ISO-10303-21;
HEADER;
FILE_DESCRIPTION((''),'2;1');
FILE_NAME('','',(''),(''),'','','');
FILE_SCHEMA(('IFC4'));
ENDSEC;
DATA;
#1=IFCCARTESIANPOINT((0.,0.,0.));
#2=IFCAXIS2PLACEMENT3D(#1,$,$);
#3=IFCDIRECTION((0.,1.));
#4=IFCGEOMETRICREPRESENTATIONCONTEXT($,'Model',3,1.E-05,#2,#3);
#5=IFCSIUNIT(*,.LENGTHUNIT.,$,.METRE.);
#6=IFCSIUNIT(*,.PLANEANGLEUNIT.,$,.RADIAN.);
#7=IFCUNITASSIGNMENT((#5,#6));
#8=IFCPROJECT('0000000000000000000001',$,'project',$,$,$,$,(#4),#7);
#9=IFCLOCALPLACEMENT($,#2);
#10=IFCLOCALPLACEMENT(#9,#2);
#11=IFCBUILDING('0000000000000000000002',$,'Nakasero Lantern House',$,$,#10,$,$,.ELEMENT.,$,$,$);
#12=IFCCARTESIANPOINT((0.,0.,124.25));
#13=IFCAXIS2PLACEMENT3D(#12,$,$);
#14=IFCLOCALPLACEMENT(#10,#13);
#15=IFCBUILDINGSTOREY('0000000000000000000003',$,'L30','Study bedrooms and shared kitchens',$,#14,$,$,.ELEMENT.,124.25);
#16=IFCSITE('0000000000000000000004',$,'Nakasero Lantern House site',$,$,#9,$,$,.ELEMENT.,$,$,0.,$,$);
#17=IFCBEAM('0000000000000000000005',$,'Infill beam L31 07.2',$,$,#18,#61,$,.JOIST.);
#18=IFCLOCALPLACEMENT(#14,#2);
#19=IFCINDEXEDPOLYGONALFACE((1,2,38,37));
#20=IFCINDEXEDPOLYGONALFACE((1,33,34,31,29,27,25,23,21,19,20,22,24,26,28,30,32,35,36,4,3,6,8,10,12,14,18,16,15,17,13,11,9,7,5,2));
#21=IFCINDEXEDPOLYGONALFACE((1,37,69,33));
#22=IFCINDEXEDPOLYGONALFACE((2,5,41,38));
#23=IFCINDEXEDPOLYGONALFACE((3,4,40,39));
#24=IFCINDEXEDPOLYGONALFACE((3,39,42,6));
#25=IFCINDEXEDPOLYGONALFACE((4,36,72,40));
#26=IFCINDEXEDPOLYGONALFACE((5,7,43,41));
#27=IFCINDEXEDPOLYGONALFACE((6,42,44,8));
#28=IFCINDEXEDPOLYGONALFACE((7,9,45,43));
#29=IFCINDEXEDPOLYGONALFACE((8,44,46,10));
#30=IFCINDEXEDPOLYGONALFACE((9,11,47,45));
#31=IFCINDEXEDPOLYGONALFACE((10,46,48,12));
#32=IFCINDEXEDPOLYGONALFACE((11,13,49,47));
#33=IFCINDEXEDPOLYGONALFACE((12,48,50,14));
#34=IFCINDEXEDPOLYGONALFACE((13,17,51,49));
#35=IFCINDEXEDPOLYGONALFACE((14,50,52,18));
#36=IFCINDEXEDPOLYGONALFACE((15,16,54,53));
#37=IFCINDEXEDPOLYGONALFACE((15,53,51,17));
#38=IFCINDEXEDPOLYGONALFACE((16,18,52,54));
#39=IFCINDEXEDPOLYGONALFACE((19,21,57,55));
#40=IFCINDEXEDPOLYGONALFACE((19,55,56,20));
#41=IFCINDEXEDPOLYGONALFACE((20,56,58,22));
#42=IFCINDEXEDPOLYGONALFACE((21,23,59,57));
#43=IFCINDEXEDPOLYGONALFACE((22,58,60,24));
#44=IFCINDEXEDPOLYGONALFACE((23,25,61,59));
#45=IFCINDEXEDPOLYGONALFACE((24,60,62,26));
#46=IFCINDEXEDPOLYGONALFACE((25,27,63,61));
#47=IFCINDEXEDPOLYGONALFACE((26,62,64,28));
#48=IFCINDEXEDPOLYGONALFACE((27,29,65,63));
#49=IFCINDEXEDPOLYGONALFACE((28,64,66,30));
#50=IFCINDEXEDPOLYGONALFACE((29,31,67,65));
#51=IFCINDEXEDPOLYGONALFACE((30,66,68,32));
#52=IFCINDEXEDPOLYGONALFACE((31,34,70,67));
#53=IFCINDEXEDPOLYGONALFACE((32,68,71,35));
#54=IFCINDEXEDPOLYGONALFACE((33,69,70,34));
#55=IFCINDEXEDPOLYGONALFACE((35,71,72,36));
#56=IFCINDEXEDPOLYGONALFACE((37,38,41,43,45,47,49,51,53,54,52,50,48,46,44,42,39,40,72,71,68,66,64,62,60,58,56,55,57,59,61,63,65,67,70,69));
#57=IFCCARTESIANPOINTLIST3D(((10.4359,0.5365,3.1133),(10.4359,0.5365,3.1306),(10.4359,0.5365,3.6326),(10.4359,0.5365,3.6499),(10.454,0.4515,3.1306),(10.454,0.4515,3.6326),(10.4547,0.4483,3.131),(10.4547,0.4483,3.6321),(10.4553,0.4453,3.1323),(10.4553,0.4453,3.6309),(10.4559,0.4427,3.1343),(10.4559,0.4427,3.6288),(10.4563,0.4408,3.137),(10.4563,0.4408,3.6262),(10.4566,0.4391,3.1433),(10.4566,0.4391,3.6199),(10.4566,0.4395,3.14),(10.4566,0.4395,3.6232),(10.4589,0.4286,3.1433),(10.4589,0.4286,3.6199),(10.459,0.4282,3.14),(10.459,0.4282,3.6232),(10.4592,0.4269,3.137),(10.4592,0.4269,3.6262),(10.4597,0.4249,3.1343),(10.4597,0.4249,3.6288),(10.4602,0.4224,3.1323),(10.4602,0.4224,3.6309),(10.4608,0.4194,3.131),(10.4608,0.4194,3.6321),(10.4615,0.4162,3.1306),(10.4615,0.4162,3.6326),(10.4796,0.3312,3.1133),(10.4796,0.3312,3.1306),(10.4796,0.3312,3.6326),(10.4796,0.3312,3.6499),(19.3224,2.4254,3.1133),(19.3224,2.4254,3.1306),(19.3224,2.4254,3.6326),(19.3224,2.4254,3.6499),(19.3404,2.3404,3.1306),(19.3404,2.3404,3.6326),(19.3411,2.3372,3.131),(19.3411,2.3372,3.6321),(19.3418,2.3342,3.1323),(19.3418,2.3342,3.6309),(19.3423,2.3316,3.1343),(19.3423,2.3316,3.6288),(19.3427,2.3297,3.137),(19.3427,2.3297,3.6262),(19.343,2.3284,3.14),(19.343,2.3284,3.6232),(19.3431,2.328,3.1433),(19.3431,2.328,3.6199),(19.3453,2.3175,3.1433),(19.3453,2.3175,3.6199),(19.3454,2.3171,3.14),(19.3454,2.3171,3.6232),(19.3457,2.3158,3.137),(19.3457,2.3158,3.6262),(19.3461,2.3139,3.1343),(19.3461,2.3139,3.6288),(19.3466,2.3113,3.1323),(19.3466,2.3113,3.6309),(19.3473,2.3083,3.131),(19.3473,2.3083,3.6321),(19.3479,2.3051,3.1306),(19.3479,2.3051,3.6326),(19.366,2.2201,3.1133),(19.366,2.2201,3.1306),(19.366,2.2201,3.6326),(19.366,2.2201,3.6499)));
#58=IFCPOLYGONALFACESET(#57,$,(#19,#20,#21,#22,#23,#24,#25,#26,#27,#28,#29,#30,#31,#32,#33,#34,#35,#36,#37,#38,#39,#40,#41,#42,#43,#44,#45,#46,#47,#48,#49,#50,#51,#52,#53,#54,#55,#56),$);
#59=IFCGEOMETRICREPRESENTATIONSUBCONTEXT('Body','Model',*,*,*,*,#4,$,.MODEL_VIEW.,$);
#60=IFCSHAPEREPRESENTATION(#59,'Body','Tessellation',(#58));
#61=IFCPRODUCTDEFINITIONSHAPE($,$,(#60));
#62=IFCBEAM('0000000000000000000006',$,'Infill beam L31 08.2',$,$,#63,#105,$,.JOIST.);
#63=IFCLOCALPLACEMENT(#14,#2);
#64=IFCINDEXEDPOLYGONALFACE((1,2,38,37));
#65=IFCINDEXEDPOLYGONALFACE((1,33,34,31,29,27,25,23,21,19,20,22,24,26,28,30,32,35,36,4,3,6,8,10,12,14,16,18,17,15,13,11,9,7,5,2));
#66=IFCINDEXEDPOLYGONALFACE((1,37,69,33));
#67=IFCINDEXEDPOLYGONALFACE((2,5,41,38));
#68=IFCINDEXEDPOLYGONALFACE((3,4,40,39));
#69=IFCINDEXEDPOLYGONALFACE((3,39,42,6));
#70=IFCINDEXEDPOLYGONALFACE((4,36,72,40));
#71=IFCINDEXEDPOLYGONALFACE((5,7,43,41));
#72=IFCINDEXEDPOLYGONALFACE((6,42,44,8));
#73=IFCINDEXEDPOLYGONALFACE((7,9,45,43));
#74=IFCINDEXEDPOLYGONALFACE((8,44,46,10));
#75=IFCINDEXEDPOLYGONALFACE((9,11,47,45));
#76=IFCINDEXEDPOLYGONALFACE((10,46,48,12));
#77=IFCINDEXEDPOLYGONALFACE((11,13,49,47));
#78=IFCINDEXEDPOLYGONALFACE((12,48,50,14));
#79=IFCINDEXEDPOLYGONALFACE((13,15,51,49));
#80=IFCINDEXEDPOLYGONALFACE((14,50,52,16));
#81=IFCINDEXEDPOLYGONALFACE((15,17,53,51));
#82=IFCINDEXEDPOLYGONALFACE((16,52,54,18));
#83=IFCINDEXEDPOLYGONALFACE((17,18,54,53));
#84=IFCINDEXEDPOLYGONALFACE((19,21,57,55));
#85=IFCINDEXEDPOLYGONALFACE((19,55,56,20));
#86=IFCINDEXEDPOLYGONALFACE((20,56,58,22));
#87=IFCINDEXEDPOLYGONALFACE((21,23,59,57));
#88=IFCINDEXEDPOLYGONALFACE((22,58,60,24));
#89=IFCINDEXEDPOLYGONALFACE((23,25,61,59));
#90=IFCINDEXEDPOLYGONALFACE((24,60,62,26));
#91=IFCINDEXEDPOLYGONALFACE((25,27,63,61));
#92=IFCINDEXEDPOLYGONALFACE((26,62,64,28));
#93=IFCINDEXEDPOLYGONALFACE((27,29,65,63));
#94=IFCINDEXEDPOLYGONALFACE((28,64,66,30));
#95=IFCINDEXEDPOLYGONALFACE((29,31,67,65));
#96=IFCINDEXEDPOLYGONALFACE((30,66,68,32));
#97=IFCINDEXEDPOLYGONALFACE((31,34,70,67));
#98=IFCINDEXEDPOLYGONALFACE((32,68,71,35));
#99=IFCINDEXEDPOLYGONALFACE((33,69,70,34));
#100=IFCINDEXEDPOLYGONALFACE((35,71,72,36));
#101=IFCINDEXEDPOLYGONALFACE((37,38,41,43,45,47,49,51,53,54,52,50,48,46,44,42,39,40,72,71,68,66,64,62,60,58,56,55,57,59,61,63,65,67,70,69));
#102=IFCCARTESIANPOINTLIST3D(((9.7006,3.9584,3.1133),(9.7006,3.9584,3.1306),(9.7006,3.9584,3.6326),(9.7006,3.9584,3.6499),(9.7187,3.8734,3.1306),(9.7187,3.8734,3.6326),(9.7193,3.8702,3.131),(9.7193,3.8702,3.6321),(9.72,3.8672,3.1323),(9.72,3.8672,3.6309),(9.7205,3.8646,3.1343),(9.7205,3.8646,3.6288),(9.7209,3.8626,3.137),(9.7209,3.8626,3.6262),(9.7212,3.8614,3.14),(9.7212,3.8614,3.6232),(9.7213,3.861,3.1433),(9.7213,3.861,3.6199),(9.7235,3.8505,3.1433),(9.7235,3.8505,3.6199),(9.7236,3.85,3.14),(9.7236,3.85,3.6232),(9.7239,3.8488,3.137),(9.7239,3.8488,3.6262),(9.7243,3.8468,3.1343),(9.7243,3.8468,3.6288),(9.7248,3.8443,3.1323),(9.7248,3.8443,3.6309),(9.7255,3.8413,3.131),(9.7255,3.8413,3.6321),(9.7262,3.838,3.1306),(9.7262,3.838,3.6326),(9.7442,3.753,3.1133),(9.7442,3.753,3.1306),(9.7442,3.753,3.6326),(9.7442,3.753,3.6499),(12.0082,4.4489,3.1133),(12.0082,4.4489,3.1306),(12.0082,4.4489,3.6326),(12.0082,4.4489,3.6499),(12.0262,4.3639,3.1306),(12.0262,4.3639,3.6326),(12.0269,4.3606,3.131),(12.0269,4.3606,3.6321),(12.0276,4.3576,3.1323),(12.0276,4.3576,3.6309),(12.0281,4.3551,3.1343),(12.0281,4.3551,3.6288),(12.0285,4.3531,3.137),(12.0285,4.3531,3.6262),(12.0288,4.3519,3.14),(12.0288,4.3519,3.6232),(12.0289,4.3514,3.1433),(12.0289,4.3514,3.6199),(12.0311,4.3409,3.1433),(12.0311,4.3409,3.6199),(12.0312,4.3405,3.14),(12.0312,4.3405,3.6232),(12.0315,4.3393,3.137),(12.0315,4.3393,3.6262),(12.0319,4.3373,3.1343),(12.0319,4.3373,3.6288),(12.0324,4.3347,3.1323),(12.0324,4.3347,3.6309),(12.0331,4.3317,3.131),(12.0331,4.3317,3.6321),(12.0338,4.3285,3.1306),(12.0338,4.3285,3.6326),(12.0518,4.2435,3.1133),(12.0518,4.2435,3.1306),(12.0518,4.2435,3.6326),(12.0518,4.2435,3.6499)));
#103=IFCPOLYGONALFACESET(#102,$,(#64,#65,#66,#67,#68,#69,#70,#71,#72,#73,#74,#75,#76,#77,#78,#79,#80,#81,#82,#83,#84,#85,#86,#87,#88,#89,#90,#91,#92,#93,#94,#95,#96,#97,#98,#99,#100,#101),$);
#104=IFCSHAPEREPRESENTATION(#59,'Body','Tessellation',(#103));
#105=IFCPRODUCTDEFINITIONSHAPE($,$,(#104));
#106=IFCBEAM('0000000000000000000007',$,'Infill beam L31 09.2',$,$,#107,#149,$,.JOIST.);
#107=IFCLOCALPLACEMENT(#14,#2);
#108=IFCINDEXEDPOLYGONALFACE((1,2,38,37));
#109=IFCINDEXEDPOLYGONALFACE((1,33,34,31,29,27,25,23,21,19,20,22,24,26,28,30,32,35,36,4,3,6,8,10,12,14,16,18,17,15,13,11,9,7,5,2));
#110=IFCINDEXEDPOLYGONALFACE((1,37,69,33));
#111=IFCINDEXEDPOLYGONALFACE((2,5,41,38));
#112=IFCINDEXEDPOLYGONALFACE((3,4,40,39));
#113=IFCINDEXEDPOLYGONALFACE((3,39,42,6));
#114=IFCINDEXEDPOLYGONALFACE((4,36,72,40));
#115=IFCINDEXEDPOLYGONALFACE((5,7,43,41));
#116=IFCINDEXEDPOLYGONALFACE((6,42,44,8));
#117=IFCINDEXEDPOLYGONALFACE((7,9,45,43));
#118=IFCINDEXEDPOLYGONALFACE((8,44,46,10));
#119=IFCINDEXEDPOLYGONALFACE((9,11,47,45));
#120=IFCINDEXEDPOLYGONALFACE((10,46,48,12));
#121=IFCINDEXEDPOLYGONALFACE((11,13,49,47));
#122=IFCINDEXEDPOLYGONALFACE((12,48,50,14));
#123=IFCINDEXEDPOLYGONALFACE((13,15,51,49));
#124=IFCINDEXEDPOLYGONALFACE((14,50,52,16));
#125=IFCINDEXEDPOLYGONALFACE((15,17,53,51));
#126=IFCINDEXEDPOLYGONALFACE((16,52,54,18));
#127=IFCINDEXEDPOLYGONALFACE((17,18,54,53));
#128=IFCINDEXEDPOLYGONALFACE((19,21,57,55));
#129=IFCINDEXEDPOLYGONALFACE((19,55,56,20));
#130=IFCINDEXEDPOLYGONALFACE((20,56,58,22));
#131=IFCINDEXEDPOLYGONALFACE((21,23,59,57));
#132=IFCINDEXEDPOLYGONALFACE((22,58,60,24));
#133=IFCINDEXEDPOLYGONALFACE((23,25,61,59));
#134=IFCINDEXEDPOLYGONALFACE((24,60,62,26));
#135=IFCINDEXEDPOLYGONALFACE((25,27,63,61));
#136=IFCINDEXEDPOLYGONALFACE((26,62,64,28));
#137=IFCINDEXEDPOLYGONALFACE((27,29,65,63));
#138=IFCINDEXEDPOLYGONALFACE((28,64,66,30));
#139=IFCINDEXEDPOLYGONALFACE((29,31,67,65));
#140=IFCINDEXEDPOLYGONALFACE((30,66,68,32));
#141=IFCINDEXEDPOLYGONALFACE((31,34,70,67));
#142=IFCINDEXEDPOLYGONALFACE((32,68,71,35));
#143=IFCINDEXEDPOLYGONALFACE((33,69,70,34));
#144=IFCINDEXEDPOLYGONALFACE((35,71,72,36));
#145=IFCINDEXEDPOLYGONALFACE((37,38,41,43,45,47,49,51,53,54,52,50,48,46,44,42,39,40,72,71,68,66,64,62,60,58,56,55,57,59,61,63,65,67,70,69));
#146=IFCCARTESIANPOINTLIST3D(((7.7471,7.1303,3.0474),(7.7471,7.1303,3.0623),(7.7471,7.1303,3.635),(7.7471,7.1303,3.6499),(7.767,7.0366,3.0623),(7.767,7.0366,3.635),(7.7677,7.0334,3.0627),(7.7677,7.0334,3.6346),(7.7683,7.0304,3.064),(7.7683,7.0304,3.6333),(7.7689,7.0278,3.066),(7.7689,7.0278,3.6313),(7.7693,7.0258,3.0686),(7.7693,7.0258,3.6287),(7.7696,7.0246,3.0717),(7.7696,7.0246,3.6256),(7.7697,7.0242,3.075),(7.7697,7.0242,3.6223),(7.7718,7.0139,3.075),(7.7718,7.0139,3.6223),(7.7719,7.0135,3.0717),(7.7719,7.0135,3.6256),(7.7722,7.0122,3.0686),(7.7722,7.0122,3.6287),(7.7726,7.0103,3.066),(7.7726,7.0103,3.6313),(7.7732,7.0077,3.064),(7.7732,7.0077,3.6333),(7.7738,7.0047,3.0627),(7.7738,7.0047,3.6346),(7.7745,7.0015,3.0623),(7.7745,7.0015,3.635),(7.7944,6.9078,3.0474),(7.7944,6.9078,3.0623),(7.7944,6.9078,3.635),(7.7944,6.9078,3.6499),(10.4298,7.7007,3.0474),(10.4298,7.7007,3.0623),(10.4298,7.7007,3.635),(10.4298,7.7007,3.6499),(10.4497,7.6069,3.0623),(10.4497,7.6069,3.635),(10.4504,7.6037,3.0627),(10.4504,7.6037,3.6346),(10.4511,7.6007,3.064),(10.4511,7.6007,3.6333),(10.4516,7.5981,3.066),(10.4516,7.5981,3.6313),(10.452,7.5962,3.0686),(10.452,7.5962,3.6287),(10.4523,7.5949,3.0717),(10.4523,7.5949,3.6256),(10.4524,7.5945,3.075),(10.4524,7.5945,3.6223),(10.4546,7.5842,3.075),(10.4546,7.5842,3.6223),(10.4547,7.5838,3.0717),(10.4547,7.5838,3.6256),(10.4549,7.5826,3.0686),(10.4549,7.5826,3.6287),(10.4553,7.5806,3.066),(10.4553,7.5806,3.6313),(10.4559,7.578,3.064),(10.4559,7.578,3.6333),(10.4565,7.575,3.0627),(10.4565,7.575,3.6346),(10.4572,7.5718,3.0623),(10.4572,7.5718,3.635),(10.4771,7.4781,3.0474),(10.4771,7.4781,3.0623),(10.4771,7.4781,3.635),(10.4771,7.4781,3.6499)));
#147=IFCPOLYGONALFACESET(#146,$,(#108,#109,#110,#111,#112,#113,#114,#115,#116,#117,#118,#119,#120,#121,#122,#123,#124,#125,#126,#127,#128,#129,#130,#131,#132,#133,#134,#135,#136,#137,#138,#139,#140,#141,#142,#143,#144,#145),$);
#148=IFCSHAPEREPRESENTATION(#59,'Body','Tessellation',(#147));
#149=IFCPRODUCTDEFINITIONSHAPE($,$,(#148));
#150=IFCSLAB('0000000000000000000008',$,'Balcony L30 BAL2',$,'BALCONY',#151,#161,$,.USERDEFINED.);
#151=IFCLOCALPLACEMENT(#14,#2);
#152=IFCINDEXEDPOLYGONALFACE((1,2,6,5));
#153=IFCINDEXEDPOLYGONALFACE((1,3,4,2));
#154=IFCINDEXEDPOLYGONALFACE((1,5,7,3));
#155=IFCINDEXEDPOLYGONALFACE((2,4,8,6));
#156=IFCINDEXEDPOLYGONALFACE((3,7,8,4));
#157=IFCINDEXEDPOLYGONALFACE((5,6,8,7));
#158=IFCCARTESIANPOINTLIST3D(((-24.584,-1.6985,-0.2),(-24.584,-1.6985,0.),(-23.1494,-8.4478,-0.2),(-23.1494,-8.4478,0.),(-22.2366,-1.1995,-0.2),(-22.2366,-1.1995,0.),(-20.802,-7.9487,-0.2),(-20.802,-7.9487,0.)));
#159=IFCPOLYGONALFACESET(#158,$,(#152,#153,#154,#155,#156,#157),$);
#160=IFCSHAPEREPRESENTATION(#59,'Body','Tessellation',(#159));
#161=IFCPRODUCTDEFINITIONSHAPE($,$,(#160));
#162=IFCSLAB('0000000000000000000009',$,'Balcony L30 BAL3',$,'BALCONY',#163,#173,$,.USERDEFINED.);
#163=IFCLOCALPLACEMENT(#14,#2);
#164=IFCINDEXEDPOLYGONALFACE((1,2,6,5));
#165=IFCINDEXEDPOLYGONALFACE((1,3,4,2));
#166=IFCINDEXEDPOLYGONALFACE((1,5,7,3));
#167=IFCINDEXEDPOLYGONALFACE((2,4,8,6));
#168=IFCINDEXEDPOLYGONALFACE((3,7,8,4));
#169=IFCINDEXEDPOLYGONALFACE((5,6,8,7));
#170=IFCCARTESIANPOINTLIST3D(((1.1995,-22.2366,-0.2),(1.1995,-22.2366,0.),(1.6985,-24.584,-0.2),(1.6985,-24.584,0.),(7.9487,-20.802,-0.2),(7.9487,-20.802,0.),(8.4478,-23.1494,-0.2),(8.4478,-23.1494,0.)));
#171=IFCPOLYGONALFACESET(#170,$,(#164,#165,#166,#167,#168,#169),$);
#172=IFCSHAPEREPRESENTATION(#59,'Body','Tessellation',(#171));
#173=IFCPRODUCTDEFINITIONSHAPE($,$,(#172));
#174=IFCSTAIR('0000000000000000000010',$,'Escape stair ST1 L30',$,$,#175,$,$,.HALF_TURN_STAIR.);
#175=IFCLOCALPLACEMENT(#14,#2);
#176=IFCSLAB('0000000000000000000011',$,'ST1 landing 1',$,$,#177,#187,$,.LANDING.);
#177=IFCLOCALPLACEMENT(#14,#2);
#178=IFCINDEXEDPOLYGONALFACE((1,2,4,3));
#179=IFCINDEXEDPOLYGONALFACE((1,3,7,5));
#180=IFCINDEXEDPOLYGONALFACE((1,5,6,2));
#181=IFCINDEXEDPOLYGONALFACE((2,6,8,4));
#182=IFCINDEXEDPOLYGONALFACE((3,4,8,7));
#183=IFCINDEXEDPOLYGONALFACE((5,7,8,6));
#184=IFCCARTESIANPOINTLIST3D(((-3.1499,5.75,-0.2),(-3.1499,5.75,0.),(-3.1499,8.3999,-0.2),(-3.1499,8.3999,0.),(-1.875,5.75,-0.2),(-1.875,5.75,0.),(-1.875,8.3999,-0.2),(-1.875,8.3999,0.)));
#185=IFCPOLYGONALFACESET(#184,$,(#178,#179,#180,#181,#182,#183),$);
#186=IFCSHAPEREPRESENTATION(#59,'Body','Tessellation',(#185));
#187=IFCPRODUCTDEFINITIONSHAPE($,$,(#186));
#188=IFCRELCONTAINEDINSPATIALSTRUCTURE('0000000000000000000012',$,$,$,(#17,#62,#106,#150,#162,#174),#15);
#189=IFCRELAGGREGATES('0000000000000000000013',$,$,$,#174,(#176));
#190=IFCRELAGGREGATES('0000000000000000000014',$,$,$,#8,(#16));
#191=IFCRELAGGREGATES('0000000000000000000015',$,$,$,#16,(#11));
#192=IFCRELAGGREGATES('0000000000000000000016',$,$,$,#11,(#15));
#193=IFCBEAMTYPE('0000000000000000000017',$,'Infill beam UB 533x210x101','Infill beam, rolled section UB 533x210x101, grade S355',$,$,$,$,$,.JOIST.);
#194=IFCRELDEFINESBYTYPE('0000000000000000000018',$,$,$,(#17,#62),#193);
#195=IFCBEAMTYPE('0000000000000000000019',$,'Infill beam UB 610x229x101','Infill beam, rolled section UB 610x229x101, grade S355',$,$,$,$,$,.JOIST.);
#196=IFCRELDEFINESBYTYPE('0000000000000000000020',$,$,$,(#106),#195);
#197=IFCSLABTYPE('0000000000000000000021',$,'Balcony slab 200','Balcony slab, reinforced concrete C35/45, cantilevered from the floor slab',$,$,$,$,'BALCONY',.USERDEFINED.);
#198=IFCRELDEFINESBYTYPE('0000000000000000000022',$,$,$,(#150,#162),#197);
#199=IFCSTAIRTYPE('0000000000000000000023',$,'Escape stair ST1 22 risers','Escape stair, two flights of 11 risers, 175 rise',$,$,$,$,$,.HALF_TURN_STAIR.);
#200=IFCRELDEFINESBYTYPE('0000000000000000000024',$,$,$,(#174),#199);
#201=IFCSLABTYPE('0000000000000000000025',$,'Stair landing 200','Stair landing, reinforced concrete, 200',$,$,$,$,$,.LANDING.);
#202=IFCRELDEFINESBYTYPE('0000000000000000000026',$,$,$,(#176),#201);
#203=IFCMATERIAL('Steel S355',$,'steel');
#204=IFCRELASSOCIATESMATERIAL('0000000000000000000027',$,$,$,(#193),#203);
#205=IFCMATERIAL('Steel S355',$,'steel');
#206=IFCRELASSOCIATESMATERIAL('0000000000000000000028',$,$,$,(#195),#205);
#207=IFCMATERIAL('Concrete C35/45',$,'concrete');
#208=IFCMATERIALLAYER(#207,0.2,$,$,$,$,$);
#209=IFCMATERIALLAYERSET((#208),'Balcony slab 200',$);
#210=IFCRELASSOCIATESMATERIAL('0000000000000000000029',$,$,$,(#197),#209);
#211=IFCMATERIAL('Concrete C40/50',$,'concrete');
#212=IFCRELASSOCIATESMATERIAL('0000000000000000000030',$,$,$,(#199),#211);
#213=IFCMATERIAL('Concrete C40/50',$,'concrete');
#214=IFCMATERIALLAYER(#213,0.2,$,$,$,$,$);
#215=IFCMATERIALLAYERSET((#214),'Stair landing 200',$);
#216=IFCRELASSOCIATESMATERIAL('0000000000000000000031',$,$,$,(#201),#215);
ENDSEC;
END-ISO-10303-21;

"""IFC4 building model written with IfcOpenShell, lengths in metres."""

from ifc_helpers import new_model, si_unit, direction, frame, origin, origin_2d, place, context, subcontext, project, spatial, polyline, i_section, outline, extrude, material, layer, layer_set, material_profile, profile_set, type_object, element, aggregate, save


model = new_model("IFC4")

# Units and contexts
model_context = context("Model", 3, precision=1e-05, world=origin(), true_north=direction((0.0, 1.0)))
body_context = subcontext(model_context, "Body", "Model", "MODEL_VIEW")
ifc_project = project(units=[si_unit("LENGTHUNIT", "METRE"), si_unit("PLANEANGLEUNIT", "RADIAN")], contexts=[model_context])

# Site, building, storey
site_placement = place(None, origin())
site = spatial("IfcSite", under=ifc_project, at=site_placement, Name="Nakasero Lantern House site", CompositionType="ELEMENT", RefElevation=0.0)
building_placement = place(site_placement, origin())
building = spatial("IfcBuilding", under=site, at=building_placement, Name="Nakasero Lantern House", CompositionType="ELEMENT")
storey_placement = place(building_placement, frame((0.0, 0.0, 124.25)))
storey = spatial("IfcBuildingStorey", under=building, at=storey_placement, Name="L30", Description="Study bedrooms and shared kitchens", CompositionType="ELEMENT", Elevation=124.25)

# Beams
ifc_material_1 = material(Name="Steel S355", Category="steel")
ifc_material_profile_1 = material_profile(ifc_material_1, i_section(OverallWidth=0.21, OverallDepth=0.5366, WebThickness=0.0107, FlangeThickness=0.0173, FilletRadius=0.0127, at=origin_2d()), Name="UB 533x210x101")
ifc_profile_set_1 = profile_set([ifc_material_profile_1], Name="Steel S355")
beam_type_1 = type_object("IfcBeamType", Name="Infill beam UB 533x210x101", Description="Infill beam, rolled section UB 533x210x101, grade S355", PredefinedType="JOIST", material=ifc_profile_set_1)
beam_1_placement = place(storey_placement, frame((10.4578, 0.4338, 3.3816), z_axis=(0.978147, 0.207916, 0.0), x_axis=(-0.207916, 0.978147, 0.0)))
element("IfcBeam", 1, at=beam_1_placement, inside=storey, type_object=beam_type_1, Name="Infill beam L31 07.2", PredefinedType="JOIST", context=body_context, shape_type="SweptSolid", body=[
    extrude(i_section(OverallWidth=0.21, OverallDepth=0.5366, WebThickness=0.0107, FlangeThickness=0.0173, FilletRadius=0.0127, at=origin_2d()), origin(), (0.0, 0.0, 1.0), 9.085),
])
beam_2_placement = place(storey_placement, frame((9.7224, 3.8557, 3.3816), z_axis=(0.978149, 0.207903, 0.0), x_axis=(-0.207903, 0.978149, 0.0)))
element("IfcBeam", 2, at=beam_2_placement, inside=storey, type_object=beam_type_1, Name="Infill beam L31 08.2", PredefinedType="JOIST", context=body_context, shape_type="SweptSolid", body=[
    extrude(i_section(OverallWidth=0.21, OverallDepth=0.5366, WebThickness=0.0107, FlangeThickness=0.0173, FilletRadius=0.0127, at=origin_2d()), origin(), (0.0, 0.0, 1.0), 2.3591),
])
ifc_material_2 = material(Name="Steel S355", Category="steel")
ifc_material_profile_2 = material_profile(ifc_material_2, i_section(OverallWidth=0.2275, OverallDepth=0.6025, WebThickness=0.0105, FlangeThickness=0.0149, FilletRadius=0.0127, at=origin_2d()), Name="UB 610x229x101")
ifc_profile_set_2 = profile_set([ifc_material_profile_2], Name="Steel S355")
beam_type_2 = type_object("IfcBeamType", Name="Infill beam UB 610x229x101", Description="Infill beam, rolled section UB 610x229x101, grade S355", PredefinedType="JOIST", material=ifc_profile_set_2)
beam_3_placement = place(storey_placement, frame((7.7708, 7.019, 3.3486), z_axis=(0.97814, 0.207948, 0.0), x_axis=(-0.207948, 0.97814, 0.0)))
element("IfcBeam", 3, at=beam_3_placement, inside=storey, type_object=beam_type_2, Name="Infill beam L31 09.2", PredefinedType="JOIST", context=body_context, shape_type="SweptSolid", body=[
    extrude(i_section(OverallWidth=0.2275, OverallDepth=0.6025, WebThickness=0.0105, FlangeThickness=0.0149, FilletRadius=0.0127, at=origin_2d()), origin(), (0.0, 0.0, 1.0), 2.7427),
])

# Slabs
ifc_material_3 = material(Name="Concrete C35/45", Category="concrete")
ifc_layer_1 = layer(ifc_material_3, 0.2)
ifc_layer_set_1 = layer_set([ifc_layer_1], Name="Balcony slab 200")
slab_type_1 = type_object("IfcSlabType", Name="Balcony slab 200", Description="Balcony slab, reinforced concrete C35/45, cantilevered from the floor slab", ElementType="BALCONY", PredefinedType="USERDEFINED", material=ifc_layer_set_1)
slab_1_placement = place(storey_placement, frame((0.0, 0.0, -0.2)))
element("IfcSlab", 4, at=slab_1_placement, inside=storey, type_object=slab_type_1, Name="Balcony L30 BAL2", ObjectType="BALCONY", PredefinedType="USERDEFINED", context=body_context, shape_type="SweptSolid", body=[
    extrude(outline(polyline([(-22.2366, -1.1995), (-24.584, -1.6985), (-23.1494, -8.4478), (-20.802, -7.9487), (-22.2366, -1.1995)])), origin(), (0.0, 0.0, 1.0), 0.2),
])
slab_2_placement = place(storey_placement, frame((0.0, 0.0, -0.2)))
element("IfcSlab", 5, at=slab_2_placement, inside=storey, type_object=slab_type_1, Name="Balcony L30 BAL3", ObjectType="BALCONY", PredefinedType="USERDEFINED", context=body_context, shape_type="SweptSolid", body=[
    extrude(outline(polyline([(1.1995, -22.2366), (1.6985, -24.584), (8.4478, -23.1494), (7.9487, -20.802), (1.1995, -22.2366)])), origin(), (0.0, 0.0, 1.0), 0.2),
])

# Stair, slab
ifc_material_4 = material(Name="Concrete C40/50", Category="concrete")
stair_type_1 = type_object("IfcStairType", Name="Escape stair ST1 22 risers", Description="Escape stair, two flights of 11 risers, 175 rise", PredefinedType="HALF_TURN_STAIR", material=ifc_material_4)
stair_1_placement = place(storey_placement, origin())
stair_1 = element("IfcStair", 6, at=stair_1_placement, inside=storey, type_object=stair_type_1, Name="Escape stair ST1 L30", PredefinedType="HALF_TURN_STAIR")
ifc_material_5 = material(Name="Concrete C40/50", Category="concrete")
ifc_layer_2 = layer(ifc_material_5, 0.2)
ifc_layer_set_2 = layer_set([ifc_layer_2], Name="Stair landing 200")
slab_type_2 = type_object("IfcSlabType", Name="Stair landing 200", Description="Stair landing, reinforced concrete, 200", PredefinedType="LANDING", material=ifc_layer_set_2)
slab_3_placement = place(storey_placement, frame((0.0, 0.0, -0.2)))
slab_3 = element("IfcSlab", 7, at=slab_3_placement, type_object=slab_type_2, Name="ST1 landing 1", PredefinedType="LANDING", context=body_context, shape_type="SweptSolid", body=[
    extrude(outline(polyline([(-3.1499, 5.75), (-1.875, 5.75), (-1.875, 8.3999), (-3.1499, 8.3999), (-3.1499, 5.75)])), origin(), (0.0, 0.0, 1.0), 0.2),
])

aggregate(stair_1, [slab_3])

save(model, "model.ifc")
